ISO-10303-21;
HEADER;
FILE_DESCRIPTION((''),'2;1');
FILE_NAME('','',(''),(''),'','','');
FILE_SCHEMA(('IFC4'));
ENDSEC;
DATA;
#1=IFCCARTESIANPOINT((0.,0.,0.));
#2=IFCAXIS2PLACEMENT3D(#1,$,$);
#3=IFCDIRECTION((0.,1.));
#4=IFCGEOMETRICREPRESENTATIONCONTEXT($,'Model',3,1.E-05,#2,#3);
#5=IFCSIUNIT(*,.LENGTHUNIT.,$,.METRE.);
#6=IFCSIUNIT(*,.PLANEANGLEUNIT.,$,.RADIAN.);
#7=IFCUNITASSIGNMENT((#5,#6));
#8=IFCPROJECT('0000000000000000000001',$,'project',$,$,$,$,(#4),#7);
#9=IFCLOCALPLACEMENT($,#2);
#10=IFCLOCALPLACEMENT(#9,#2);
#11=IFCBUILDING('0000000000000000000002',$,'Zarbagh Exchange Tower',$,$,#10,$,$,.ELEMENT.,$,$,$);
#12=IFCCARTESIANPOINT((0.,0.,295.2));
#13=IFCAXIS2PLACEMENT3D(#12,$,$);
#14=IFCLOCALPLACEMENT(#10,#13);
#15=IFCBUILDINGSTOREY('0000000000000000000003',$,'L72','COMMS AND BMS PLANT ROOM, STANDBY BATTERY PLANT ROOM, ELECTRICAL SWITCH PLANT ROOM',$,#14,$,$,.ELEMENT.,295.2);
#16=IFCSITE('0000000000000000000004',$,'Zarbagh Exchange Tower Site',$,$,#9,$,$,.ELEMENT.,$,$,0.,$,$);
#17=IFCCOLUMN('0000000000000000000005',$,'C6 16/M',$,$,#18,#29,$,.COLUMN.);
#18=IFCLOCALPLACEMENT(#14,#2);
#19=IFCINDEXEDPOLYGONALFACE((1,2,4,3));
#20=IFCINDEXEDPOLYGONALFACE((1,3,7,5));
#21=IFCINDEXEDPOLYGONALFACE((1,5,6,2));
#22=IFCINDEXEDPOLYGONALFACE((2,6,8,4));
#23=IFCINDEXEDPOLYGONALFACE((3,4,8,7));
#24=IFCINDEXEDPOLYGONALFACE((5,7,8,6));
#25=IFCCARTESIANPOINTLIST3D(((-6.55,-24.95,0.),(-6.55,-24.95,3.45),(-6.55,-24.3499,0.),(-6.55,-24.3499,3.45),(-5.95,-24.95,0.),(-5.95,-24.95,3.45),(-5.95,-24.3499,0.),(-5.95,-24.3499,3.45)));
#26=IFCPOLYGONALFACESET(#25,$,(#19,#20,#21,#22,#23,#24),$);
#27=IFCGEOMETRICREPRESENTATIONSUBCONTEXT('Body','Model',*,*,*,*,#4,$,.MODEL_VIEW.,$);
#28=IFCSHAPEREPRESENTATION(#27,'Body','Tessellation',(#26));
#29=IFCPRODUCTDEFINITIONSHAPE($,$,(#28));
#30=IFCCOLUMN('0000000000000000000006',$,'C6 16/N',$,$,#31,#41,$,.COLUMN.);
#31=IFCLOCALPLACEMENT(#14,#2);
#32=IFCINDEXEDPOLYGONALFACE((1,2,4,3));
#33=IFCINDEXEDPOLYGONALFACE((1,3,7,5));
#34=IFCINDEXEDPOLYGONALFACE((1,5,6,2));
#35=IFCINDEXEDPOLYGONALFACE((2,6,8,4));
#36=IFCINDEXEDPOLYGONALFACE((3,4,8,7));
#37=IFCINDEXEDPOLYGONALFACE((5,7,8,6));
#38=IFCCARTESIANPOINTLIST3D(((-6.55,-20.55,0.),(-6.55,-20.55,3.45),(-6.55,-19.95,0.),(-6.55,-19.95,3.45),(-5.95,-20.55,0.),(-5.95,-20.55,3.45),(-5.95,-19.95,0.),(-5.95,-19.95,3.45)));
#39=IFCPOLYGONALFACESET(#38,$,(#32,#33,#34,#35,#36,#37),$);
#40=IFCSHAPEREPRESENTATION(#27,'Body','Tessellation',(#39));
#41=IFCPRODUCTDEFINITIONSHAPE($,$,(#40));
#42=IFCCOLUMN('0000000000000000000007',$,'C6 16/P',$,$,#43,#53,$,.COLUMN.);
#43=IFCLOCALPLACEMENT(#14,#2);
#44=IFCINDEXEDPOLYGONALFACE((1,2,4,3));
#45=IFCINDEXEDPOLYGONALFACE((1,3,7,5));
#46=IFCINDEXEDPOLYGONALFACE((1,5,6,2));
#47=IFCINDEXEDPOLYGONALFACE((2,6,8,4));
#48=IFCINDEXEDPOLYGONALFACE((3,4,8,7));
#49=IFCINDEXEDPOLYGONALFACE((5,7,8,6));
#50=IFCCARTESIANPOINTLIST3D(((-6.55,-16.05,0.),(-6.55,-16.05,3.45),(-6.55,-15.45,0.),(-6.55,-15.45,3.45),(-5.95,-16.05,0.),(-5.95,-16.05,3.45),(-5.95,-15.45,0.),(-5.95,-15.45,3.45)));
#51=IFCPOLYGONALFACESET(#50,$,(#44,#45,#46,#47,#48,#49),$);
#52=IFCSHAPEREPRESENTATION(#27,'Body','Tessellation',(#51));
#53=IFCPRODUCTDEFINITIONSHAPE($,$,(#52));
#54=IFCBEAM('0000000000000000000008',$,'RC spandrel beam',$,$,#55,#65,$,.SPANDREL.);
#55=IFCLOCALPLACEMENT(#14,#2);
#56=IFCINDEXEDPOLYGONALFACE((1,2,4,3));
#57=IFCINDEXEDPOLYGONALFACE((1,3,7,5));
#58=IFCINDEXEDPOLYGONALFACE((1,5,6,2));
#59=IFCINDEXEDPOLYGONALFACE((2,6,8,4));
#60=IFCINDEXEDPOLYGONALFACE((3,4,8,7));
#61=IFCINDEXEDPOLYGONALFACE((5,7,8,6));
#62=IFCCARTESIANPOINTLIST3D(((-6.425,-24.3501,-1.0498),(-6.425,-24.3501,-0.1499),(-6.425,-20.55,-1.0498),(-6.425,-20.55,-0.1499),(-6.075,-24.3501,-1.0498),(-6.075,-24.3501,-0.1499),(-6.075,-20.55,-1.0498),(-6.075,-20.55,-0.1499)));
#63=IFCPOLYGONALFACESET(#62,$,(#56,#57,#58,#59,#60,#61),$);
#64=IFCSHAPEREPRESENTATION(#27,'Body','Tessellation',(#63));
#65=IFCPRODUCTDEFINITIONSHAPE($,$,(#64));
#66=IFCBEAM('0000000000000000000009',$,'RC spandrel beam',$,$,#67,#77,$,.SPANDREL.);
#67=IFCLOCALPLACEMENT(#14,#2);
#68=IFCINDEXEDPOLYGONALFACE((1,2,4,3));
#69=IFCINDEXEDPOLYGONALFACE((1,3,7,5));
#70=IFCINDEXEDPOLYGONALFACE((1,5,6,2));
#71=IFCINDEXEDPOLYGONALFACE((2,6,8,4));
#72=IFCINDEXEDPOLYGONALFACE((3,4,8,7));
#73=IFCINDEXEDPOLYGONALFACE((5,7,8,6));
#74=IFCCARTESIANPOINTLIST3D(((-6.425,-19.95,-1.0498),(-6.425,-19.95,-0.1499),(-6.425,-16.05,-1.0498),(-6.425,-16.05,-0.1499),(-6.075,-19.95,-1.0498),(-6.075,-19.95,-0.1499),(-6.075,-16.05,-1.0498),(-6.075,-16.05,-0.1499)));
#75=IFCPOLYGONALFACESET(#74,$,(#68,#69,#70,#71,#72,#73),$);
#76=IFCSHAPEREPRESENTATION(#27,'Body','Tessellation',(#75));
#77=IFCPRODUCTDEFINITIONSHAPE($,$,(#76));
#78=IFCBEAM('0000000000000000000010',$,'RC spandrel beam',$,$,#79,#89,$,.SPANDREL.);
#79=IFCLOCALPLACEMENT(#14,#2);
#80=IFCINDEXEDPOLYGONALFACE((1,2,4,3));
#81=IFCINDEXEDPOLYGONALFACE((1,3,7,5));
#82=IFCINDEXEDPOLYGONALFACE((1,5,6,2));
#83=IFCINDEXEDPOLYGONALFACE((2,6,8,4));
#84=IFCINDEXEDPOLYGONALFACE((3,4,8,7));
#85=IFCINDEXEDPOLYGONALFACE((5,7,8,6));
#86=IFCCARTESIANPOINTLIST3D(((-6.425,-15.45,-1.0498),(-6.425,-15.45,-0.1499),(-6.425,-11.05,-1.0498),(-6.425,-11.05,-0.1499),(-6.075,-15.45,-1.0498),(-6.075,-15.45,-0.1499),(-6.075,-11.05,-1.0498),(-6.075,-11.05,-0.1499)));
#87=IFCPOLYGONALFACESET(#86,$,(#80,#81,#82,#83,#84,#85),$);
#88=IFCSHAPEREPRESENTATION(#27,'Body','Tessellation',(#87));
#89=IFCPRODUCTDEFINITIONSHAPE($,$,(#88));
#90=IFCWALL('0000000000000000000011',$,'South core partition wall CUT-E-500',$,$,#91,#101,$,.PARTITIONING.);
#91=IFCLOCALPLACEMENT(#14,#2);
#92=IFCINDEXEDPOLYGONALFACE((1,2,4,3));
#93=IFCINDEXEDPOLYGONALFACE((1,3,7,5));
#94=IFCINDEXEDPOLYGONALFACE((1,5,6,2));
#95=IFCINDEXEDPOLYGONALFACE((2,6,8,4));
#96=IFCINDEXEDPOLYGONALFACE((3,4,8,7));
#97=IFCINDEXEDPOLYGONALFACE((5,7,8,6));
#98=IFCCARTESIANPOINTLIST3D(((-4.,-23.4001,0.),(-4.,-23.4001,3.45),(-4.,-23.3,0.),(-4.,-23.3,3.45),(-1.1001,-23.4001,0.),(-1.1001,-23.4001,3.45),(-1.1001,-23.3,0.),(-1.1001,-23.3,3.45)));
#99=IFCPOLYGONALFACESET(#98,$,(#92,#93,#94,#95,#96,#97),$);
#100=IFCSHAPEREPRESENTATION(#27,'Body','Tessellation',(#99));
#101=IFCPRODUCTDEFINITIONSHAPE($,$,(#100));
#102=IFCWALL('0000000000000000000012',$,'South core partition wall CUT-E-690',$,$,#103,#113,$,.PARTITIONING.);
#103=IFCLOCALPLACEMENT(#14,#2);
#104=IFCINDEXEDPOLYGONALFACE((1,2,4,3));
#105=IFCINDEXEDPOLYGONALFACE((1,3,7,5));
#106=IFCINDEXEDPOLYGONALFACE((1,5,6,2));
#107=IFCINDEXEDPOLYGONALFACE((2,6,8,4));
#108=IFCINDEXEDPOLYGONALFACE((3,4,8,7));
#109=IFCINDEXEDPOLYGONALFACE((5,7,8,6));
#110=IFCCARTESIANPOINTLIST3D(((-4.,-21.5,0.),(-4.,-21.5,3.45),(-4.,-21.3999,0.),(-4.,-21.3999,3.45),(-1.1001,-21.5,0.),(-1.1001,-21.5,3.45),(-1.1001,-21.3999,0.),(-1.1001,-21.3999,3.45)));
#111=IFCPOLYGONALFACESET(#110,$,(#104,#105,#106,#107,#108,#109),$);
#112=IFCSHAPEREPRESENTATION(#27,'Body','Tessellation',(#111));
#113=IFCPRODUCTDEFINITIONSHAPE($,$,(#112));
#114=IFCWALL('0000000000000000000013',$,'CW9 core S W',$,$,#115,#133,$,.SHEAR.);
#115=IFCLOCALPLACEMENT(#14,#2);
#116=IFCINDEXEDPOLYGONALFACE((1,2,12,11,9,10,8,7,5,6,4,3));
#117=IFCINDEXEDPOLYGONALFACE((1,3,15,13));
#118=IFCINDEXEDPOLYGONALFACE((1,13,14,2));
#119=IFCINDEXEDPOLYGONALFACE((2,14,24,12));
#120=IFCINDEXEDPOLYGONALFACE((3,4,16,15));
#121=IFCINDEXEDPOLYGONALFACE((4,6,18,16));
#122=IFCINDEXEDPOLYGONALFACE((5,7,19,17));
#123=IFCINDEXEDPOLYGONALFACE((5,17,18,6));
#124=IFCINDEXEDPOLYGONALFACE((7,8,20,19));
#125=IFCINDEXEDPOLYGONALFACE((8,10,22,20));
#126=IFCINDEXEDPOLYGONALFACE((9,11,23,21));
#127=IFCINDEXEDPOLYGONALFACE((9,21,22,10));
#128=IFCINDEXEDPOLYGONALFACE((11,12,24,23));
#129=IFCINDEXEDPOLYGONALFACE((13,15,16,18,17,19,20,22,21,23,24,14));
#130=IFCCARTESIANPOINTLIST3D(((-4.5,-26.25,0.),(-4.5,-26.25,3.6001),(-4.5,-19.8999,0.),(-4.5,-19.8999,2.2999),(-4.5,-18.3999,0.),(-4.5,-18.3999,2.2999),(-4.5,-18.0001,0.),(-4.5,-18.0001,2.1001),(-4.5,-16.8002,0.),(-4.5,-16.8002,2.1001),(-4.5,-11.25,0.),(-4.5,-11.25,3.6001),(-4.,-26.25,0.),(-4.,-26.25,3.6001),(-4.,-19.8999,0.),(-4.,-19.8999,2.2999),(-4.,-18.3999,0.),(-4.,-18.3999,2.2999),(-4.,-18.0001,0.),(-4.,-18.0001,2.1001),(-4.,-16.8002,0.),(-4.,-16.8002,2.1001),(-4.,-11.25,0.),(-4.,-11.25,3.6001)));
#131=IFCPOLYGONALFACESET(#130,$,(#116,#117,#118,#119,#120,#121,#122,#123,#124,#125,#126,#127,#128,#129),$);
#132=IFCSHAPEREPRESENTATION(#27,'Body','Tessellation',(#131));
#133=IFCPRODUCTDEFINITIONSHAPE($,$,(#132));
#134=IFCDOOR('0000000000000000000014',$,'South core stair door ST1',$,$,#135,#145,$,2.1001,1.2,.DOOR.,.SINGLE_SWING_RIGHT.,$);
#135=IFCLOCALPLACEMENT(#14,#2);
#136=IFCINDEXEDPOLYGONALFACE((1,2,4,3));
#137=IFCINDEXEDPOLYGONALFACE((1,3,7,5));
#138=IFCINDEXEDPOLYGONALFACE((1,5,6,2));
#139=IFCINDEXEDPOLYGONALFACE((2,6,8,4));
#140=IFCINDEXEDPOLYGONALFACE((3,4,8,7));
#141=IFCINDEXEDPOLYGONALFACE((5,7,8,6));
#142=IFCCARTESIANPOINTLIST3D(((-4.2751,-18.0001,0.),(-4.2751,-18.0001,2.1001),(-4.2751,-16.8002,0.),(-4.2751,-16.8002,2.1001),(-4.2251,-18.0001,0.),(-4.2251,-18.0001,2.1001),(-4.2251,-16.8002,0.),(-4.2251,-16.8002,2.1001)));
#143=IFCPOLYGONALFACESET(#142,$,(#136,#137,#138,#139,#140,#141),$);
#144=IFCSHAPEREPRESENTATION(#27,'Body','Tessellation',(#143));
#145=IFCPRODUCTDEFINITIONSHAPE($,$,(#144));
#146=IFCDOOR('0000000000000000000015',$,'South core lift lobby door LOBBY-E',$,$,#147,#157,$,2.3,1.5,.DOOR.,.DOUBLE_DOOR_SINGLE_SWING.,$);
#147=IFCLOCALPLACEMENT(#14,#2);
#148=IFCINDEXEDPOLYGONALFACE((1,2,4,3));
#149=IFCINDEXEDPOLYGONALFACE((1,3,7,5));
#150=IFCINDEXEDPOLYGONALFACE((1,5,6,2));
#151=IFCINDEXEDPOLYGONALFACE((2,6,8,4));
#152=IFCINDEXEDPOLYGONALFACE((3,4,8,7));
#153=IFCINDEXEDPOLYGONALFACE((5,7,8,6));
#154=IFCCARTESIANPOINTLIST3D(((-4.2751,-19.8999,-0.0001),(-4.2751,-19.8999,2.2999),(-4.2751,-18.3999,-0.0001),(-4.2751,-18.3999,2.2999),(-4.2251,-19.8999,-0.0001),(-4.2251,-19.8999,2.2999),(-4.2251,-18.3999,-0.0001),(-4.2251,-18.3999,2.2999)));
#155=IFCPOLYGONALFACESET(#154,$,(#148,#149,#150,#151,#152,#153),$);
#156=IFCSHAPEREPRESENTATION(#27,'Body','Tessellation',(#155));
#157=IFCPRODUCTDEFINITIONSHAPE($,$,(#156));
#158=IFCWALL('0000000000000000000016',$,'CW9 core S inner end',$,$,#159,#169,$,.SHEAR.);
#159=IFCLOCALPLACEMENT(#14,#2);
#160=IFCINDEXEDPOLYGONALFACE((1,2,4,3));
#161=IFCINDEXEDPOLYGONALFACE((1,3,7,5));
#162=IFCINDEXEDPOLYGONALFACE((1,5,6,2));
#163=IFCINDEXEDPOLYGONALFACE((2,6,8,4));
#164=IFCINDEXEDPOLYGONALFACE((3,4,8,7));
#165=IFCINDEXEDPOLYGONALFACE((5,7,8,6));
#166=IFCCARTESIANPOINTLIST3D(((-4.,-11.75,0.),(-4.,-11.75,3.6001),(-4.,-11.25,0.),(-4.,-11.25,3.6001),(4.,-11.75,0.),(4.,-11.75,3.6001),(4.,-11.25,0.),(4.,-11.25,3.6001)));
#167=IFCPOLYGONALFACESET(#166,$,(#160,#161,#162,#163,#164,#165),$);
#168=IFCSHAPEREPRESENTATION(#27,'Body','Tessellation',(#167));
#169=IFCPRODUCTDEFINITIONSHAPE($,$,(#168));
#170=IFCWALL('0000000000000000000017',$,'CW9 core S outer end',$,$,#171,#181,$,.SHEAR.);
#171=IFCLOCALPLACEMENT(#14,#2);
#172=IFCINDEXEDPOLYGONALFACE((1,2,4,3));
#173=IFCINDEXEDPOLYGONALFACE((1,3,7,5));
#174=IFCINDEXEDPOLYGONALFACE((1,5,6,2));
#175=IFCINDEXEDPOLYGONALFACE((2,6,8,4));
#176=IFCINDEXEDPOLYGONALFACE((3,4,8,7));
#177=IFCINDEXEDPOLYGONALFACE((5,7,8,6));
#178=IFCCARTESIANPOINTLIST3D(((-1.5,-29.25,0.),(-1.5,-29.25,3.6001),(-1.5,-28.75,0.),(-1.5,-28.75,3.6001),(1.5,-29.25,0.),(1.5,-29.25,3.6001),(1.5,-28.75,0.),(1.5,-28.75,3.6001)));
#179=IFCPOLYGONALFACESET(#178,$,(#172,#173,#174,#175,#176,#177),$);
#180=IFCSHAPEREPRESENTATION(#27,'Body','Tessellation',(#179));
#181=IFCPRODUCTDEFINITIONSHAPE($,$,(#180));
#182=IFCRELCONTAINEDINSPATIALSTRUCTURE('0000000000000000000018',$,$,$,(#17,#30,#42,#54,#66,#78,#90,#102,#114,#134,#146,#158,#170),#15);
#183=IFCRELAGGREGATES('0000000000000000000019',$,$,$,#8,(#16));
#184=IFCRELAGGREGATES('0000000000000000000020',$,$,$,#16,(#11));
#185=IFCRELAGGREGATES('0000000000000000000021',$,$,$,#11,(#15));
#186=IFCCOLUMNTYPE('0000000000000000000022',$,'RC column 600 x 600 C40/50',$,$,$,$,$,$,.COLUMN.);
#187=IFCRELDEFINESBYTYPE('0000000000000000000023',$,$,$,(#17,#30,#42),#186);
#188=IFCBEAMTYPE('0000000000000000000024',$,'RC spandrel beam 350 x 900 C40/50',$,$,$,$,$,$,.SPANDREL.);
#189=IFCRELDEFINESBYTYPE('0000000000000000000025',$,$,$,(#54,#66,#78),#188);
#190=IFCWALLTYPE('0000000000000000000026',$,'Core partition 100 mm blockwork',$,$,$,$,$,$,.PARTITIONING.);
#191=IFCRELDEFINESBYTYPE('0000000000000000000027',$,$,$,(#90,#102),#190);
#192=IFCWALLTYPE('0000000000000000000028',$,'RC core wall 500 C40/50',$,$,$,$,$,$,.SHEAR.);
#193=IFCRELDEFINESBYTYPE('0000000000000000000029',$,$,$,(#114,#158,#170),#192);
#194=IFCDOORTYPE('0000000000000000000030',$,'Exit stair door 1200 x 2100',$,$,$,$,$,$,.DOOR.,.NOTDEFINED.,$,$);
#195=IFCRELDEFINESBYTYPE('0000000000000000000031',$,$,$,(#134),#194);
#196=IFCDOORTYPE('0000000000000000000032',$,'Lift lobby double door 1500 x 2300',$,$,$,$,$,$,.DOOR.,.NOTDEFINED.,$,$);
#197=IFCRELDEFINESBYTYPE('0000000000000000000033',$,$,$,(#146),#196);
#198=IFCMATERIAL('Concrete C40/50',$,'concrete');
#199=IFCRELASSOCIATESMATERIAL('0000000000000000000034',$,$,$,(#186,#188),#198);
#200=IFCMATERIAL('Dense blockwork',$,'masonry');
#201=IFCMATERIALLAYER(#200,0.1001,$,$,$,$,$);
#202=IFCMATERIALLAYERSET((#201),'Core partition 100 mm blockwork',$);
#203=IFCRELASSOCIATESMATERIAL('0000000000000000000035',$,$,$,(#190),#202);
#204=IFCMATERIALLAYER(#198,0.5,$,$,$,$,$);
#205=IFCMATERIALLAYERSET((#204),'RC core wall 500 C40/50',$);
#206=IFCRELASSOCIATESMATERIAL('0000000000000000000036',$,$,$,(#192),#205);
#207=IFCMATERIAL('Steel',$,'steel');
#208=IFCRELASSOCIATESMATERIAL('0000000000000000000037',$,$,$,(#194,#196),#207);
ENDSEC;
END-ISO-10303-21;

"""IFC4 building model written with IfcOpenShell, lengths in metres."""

from ifc_helpers import new_model, si_unit, direction, frame, frame_2d, origin, origin_2d, place, context, subcontext, project, spatial, rectangle, extrude, material, layer, layer_set, material_profile, profile_set, type_object, element, fill, save


model = new_model("IFC4")

# Units and contexts
model_context = context("Model", 3, precision=1e-05, world=origin(), true_north=direction((0.0, 1.0)))
body_context = subcontext(model_context, "Body", "Model", "MODEL_VIEW")
ifc_project = project(units=[si_unit("LENGTHUNIT", "METRE"), si_unit("PLANEANGLEUNIT", "RADIAN")], contexts=[model_context])

# Site, building, storey
site_placement = place(None, origin())
site = spatial("IfcSite", under=ifc_project, at=site_placement, Name="Zarbagh Exchange Tower Site", CompositionType="ELEMENT", RefElevation=0.0)
building_placement = place(site_placement, origin())
building = spatial("IfcBuilding", under=site, at=building_placement, Name="Zarbagh Exchange Tower", CompositionType="ELEMENT")
storey_placement = place(building_placement, frame((0.0, 0.0, 295.2)))
storey = spatial("IfcBuildingStorey", under=building, at=storey_placement, Name="L72", Description="COMMS AND BMS PLANT ROOM, STANDBY BATTERY PLANT ROOM, ELECTRICAL SWITCH PLANT ROOM", CompositionType="ELEMENT", Elevation=295.2)

# Columns
ifc_material_1 = material(Name="Concrete C40/50", Category="concrete")
ifc_material_profile_1 = material_profile(ifc_material_1, rectangle(XDim=0.6001, YDim=0.6001, at=origin_2d()), Name="RC column 600 x 600 C40/50")
ifc_profile_set_1 = profile_set([ifc_material_profile_1], Name="Concrete C40/50")
column_type = type_object("IfcColumnType", Name="RC column 600 x 600 C40/50", PredefinedType="COLUMN", material=ifc_profile_set_1)
for number, where, z_axis, x_axis, name in (
    (1, (-6.25, -24.6499, 0.0), (0.0, 0.0, 1.0), (1.0, 0.0, 0.0), "C6 16/M"),
    (2, (-6.25, -20.25, 0.0), (0.0, 0.0, 1.0), (1.0, 0.0, 0.0), "C6 16/N"),
    (3, (-6.25, -15.75, 0.0), (0.0, 0.0, 1.0), (1.0, 0.0, 0.0), "C6 16/P"),
):
    element("IfcColumn", number, at=place(storey_placement, frame(where, z_axis=z_axis, x_axis=x_axis)), inside=storey, type_object=column_type, Name=name, PredefinedType="COLUMN", context=body_context, shape_type="SweptSolid", body=[
        extrude(rectangle(XDim=0.6001, YDim=0.6001, at=origin_2d()), origin(), (0.0, 0.0, 1.0), 3.45),
    ])

# Beams
ifc_material_profile_2 = material_profile(ifc_material_1, rectangle(XDim=0.3501, YDim=0.8999, at=origin_2d()), Name="RC spandrel beam 350 x 900 C40/50")
ifc_profile_set_2 = profile_set([ifc_material_profile_2], Name="Concrete C40/50")
beam_type = type_object("IfcBeamType", Name="RC spandrel beam 350 x 900 C40/50", PredefinedType="SPANDREL", material=ifc_profile_set_2)
beam_1_placement = place(storey_placement, frame((-6.25, -24.3501, -0.5999), z_axis=(0.0, 1.0, 0.0), x_axis=(-1.0, 0.0, 0.0)))
element("IfcBeam", 4, at=beam_1_placement, inside=storey, type_object=beam_type, Name="RC spandrel beam", PredefinedType="SPANDREL", context=body_context, shape_type="SweptSolid", body=[
    extrude(rectangle(XDim=0.3501, YDim=0.8999, at=origin_2d()), origin(), (0.0, 0.0, 1.0), 3.8),
])
beam_2_placement = place(storey_placement, frame((-6.25, -19.95, -0.5999), z_axis=(0.0, 1.0, 0.0), x_axis=(-1.0, 0.0, 0.0)))
element("IfcBeam", 5, at=beam_2_placement, inside=storey, type_object=beam_type, Name="RC spandrel beam", PredefinedType="SPANDREL", context=body_context, shape_type="SweptSolid", body=[
    extrude(rectangle(XDim=0.3501, YDim=0.8999, at=origin_2d()), origin(), (0.0, 0.0, 1.0), 3.8999),
])
beam_3_placement = place(storey_placement, frame((-6.25, -15.45, -0.5999), z_axis=(0.0, 1.0, 0.0), x_axis=(-1.0, 0.0, 0.0)))
element("IfcBeam", 6, at=beam_3_placement, inside=storey, type_object=beam_type, Name="RC spandrel beam", PredefinedType="SPANDREL", context=body_context, shape_type="SweptSolid", body=[
    extrude(rectangle(XDim=0.3501, YDim=0.8999, at=origin_2d()), origin(), (0.0, 0.0, 1.0), 4.3999),
])

# Walls
ifc_material_2 = material(Name="Dense blockwork", Category="masonry")
ifc_layer_1 = layer(ifc_material_2, 0.1001)
ifc_layer_set_1 = layer_set([ifc_layer_1], Name="Core partition 100 mm blockwork")
wall_type_1 = type_object("IfcWallType", Name="Core partition 100 mm blockwork", PredefinedType="PARTITIONING", material=ifc_layer_set_1)
for number, where, z_axis, x_axis, name in (
    (7, (-1.1001, -23.3501, 0.0), (0.0, 0.0, 1.0), (-1.0, 0.0, 0.0), "South core partition wall CUT-E-500"),
    (8, (-1.1001, -21.45, 0.0), (0.0, 0.0, 1.0), (-1.0, 0.0, 0.0), "South core partition wall CUT-E-690"),
):
    element("IfcWall", number, at=place(storey_placement, frame(where, z_axis=z_axis, x_axis=x_axis)), inside=storey, type_object=wall_type_1, Name=name, PredefinedType="PARTITIONING", context=body_context, shape_type="SweptSolid", body=[
        extrude(rectangle(XDim=2.8999, YDim=0.1001, at=frame_2d((1.45, 0.0))), origin(), (0.0, 0.0, 1.0), 3.45),
    ])

# Wall, openings, doors
ifc_layer_2 = layer(ifc_material_1, 0.5)
ifc_layer_set_2 = layer_set([ifc_layer_2], Name="RC core wall 500 C40/50")
wall_type_2 = type_object("IfcWallType", Name="RC core wall 500 C40/50", PredefinedType="SHEAR", material=ifc_layer_set_2)
wall_1_placement = place(storey_placement, frame((-4.25, -11.25, 0.0), z_axis=(0.0, 0.0, 1.0), x_axis=(0.0, -1.0, 0.0)))
wall_1 = element("IfcWall", 9, at=wall_1_placement, inside=storey, type_object=wall_type_2, Name="CW9 core S W", PredefinedType="SHEAR", context=body_context, shape_type="SweptSolid", body=[
    extrude(rectangle(XDim=15.0, YDim=0.5, at=frame_2d((7.5, 0.0))), origin(), (0.0, 0.0, 1.0), 3.6001),
])
opening_1_placement = place(wall_1_placement, frame((7.1499, 0.0, 0.0)))
opening_1 = element("IfcOpeningElement", 10, at=opening_1_placement, cuts=wall_1, PredefinedType="OPENING", context=body_context, shape_type="SweptSolid", body=[
    extrude(rectangle(XDim=1.5, YDim=2.3, at=frame_2d((0.75, 1.1499))), frame((0.0, 0.26, 0.0), z_axis=(0.0, -1.0, 0.0), x_axis=(1.0, 0.0, 0.0)), (0.0, 0.0, 1.0), 0.52),
])
opening_2_placement = place(wall_1_placement, frame((5.55, 0.0, 0.0)))
opening_2 = element("IfcOpeningElement", 11, at=opening_2_placement, cuts=wall_1, PredefinedType="OPENING", context=body_context, shape_type="SweptSolid", body=[
    extrude(rectangle(XDim=1.2, YDim=2.1001, at=frame_2d((0.6001, 1.05))), frame((0.0, 0.26, 0.0), z_axis=(0.0, -1.0, 0.0), x_axis=(1.0, 0.0, 0.0)), (0.0, 0.0, 1.0), 0.52),
])
ifc_material_3 = material(Name="Steel", Category="steel")
door_type_1 = type_object("IfcDoorType", Name="Exit stair door 1200 x 2100", OperationType="NOTDEFINED", PredefinedType="DOOR", material=ifc_material_3)
door_1_placement = place(opening_2_placement, origin())
door_1 = element("IfcDoor", 12, at=door_1_placement, inside=storey, type_object=door_type_1, Name="South core stair door ST1", OperationType="SINGLE_SWING_RIGHT", OverallHeight=2.1001, OverallWidth=1.2, PredefinedType="DOOR", context=body_context, shape_type="SweptSolid", body=[
    extrude(rectangle(XDim=1.2, YDim=2.1001, at=frame_2d((0.6001, 1.05))), frame((0.0, 0.0249, 0.0), z_axis=(0.0, -1.0, 0.0), x_axis=(1.0, 0.0, 0.0)), (0.0, 0.0, 1.0), 0.05),
])
fill(opening_2, door_1)
door_type_2 = type_object("IfcDoorType", Name="Lift lobby double door 1500 x 2300", OperationType="NOTDEFINED", PredefinedType="DOOR", material=ifc_material_3)
door_2_placement = place(opening_1_placement, origin())
door_2 = element("IfcDoor", 13, at=door_2_placement, inside=storey, type_object=door_type_2, Name="South core lift lobby door LOBBY-E", OperationType="DOUBLE_DOOR_SINGLE_SWING", OverallHeight=2.3, OverallWidth=1.5, PredefinedType="DOOR", context=body_context, shape_type="SweptSolid", body=[
    extrude(rectangle(XDim=1.5, YDim=2.3, at=frame_2d((0.75, 1.1499))), frame((0.0, 0.0249, 0.0), z_axis=(0.0, -1.0, 0.0), x_axis=(1.0, 0.0, 0.0)), (0.0, 0.0, 1.0), 0.05),
])
fill(opening_1, door_2)

# Walls
wall_2_placement = place(storey_placement, frame((-4.0, -11.5, 0.0), z_axis=(0.0, 0.0, 1.0), x_axis=(1.0, 0.0, 0.0)))
element("IfcWall", 14, at=wall_2_placement, inside=storey, type_object=wall_type_2, Name="CW9 core S inner end", PredefinedType="SHEAR", context=body_context, shape_type="SweptSolid", body=[
    extrude(rectangle(XDim=8.0, YDim=0.5, at=frame_2d((4.0, 0.0))), origin(), (0.0, 0.0, 1.0), 3.6001),
])
wall_3_placement = place(storey_placement, frame((-1.5, -29.0, 0.0), z_axis=(0.0, 0.0, 1.0), x_axis=(1.0, 0.0, 0.0)))
element("IfcWall", 15, at=wall_3_placement, inside=storey, type_object=wall_type_2, Name="CW9 core S outer end", PredefinedType="SHEAR", context=body_context, shape_type="SweptSolid", body=[
    extrude(rectangle(XDim=3.0, YDim=0.5, at=frame_2d((1.5, 0.0))), origin(), (0.0, 0.0, 1.0), 3.6001),
])

save(model, "model.ifc")
